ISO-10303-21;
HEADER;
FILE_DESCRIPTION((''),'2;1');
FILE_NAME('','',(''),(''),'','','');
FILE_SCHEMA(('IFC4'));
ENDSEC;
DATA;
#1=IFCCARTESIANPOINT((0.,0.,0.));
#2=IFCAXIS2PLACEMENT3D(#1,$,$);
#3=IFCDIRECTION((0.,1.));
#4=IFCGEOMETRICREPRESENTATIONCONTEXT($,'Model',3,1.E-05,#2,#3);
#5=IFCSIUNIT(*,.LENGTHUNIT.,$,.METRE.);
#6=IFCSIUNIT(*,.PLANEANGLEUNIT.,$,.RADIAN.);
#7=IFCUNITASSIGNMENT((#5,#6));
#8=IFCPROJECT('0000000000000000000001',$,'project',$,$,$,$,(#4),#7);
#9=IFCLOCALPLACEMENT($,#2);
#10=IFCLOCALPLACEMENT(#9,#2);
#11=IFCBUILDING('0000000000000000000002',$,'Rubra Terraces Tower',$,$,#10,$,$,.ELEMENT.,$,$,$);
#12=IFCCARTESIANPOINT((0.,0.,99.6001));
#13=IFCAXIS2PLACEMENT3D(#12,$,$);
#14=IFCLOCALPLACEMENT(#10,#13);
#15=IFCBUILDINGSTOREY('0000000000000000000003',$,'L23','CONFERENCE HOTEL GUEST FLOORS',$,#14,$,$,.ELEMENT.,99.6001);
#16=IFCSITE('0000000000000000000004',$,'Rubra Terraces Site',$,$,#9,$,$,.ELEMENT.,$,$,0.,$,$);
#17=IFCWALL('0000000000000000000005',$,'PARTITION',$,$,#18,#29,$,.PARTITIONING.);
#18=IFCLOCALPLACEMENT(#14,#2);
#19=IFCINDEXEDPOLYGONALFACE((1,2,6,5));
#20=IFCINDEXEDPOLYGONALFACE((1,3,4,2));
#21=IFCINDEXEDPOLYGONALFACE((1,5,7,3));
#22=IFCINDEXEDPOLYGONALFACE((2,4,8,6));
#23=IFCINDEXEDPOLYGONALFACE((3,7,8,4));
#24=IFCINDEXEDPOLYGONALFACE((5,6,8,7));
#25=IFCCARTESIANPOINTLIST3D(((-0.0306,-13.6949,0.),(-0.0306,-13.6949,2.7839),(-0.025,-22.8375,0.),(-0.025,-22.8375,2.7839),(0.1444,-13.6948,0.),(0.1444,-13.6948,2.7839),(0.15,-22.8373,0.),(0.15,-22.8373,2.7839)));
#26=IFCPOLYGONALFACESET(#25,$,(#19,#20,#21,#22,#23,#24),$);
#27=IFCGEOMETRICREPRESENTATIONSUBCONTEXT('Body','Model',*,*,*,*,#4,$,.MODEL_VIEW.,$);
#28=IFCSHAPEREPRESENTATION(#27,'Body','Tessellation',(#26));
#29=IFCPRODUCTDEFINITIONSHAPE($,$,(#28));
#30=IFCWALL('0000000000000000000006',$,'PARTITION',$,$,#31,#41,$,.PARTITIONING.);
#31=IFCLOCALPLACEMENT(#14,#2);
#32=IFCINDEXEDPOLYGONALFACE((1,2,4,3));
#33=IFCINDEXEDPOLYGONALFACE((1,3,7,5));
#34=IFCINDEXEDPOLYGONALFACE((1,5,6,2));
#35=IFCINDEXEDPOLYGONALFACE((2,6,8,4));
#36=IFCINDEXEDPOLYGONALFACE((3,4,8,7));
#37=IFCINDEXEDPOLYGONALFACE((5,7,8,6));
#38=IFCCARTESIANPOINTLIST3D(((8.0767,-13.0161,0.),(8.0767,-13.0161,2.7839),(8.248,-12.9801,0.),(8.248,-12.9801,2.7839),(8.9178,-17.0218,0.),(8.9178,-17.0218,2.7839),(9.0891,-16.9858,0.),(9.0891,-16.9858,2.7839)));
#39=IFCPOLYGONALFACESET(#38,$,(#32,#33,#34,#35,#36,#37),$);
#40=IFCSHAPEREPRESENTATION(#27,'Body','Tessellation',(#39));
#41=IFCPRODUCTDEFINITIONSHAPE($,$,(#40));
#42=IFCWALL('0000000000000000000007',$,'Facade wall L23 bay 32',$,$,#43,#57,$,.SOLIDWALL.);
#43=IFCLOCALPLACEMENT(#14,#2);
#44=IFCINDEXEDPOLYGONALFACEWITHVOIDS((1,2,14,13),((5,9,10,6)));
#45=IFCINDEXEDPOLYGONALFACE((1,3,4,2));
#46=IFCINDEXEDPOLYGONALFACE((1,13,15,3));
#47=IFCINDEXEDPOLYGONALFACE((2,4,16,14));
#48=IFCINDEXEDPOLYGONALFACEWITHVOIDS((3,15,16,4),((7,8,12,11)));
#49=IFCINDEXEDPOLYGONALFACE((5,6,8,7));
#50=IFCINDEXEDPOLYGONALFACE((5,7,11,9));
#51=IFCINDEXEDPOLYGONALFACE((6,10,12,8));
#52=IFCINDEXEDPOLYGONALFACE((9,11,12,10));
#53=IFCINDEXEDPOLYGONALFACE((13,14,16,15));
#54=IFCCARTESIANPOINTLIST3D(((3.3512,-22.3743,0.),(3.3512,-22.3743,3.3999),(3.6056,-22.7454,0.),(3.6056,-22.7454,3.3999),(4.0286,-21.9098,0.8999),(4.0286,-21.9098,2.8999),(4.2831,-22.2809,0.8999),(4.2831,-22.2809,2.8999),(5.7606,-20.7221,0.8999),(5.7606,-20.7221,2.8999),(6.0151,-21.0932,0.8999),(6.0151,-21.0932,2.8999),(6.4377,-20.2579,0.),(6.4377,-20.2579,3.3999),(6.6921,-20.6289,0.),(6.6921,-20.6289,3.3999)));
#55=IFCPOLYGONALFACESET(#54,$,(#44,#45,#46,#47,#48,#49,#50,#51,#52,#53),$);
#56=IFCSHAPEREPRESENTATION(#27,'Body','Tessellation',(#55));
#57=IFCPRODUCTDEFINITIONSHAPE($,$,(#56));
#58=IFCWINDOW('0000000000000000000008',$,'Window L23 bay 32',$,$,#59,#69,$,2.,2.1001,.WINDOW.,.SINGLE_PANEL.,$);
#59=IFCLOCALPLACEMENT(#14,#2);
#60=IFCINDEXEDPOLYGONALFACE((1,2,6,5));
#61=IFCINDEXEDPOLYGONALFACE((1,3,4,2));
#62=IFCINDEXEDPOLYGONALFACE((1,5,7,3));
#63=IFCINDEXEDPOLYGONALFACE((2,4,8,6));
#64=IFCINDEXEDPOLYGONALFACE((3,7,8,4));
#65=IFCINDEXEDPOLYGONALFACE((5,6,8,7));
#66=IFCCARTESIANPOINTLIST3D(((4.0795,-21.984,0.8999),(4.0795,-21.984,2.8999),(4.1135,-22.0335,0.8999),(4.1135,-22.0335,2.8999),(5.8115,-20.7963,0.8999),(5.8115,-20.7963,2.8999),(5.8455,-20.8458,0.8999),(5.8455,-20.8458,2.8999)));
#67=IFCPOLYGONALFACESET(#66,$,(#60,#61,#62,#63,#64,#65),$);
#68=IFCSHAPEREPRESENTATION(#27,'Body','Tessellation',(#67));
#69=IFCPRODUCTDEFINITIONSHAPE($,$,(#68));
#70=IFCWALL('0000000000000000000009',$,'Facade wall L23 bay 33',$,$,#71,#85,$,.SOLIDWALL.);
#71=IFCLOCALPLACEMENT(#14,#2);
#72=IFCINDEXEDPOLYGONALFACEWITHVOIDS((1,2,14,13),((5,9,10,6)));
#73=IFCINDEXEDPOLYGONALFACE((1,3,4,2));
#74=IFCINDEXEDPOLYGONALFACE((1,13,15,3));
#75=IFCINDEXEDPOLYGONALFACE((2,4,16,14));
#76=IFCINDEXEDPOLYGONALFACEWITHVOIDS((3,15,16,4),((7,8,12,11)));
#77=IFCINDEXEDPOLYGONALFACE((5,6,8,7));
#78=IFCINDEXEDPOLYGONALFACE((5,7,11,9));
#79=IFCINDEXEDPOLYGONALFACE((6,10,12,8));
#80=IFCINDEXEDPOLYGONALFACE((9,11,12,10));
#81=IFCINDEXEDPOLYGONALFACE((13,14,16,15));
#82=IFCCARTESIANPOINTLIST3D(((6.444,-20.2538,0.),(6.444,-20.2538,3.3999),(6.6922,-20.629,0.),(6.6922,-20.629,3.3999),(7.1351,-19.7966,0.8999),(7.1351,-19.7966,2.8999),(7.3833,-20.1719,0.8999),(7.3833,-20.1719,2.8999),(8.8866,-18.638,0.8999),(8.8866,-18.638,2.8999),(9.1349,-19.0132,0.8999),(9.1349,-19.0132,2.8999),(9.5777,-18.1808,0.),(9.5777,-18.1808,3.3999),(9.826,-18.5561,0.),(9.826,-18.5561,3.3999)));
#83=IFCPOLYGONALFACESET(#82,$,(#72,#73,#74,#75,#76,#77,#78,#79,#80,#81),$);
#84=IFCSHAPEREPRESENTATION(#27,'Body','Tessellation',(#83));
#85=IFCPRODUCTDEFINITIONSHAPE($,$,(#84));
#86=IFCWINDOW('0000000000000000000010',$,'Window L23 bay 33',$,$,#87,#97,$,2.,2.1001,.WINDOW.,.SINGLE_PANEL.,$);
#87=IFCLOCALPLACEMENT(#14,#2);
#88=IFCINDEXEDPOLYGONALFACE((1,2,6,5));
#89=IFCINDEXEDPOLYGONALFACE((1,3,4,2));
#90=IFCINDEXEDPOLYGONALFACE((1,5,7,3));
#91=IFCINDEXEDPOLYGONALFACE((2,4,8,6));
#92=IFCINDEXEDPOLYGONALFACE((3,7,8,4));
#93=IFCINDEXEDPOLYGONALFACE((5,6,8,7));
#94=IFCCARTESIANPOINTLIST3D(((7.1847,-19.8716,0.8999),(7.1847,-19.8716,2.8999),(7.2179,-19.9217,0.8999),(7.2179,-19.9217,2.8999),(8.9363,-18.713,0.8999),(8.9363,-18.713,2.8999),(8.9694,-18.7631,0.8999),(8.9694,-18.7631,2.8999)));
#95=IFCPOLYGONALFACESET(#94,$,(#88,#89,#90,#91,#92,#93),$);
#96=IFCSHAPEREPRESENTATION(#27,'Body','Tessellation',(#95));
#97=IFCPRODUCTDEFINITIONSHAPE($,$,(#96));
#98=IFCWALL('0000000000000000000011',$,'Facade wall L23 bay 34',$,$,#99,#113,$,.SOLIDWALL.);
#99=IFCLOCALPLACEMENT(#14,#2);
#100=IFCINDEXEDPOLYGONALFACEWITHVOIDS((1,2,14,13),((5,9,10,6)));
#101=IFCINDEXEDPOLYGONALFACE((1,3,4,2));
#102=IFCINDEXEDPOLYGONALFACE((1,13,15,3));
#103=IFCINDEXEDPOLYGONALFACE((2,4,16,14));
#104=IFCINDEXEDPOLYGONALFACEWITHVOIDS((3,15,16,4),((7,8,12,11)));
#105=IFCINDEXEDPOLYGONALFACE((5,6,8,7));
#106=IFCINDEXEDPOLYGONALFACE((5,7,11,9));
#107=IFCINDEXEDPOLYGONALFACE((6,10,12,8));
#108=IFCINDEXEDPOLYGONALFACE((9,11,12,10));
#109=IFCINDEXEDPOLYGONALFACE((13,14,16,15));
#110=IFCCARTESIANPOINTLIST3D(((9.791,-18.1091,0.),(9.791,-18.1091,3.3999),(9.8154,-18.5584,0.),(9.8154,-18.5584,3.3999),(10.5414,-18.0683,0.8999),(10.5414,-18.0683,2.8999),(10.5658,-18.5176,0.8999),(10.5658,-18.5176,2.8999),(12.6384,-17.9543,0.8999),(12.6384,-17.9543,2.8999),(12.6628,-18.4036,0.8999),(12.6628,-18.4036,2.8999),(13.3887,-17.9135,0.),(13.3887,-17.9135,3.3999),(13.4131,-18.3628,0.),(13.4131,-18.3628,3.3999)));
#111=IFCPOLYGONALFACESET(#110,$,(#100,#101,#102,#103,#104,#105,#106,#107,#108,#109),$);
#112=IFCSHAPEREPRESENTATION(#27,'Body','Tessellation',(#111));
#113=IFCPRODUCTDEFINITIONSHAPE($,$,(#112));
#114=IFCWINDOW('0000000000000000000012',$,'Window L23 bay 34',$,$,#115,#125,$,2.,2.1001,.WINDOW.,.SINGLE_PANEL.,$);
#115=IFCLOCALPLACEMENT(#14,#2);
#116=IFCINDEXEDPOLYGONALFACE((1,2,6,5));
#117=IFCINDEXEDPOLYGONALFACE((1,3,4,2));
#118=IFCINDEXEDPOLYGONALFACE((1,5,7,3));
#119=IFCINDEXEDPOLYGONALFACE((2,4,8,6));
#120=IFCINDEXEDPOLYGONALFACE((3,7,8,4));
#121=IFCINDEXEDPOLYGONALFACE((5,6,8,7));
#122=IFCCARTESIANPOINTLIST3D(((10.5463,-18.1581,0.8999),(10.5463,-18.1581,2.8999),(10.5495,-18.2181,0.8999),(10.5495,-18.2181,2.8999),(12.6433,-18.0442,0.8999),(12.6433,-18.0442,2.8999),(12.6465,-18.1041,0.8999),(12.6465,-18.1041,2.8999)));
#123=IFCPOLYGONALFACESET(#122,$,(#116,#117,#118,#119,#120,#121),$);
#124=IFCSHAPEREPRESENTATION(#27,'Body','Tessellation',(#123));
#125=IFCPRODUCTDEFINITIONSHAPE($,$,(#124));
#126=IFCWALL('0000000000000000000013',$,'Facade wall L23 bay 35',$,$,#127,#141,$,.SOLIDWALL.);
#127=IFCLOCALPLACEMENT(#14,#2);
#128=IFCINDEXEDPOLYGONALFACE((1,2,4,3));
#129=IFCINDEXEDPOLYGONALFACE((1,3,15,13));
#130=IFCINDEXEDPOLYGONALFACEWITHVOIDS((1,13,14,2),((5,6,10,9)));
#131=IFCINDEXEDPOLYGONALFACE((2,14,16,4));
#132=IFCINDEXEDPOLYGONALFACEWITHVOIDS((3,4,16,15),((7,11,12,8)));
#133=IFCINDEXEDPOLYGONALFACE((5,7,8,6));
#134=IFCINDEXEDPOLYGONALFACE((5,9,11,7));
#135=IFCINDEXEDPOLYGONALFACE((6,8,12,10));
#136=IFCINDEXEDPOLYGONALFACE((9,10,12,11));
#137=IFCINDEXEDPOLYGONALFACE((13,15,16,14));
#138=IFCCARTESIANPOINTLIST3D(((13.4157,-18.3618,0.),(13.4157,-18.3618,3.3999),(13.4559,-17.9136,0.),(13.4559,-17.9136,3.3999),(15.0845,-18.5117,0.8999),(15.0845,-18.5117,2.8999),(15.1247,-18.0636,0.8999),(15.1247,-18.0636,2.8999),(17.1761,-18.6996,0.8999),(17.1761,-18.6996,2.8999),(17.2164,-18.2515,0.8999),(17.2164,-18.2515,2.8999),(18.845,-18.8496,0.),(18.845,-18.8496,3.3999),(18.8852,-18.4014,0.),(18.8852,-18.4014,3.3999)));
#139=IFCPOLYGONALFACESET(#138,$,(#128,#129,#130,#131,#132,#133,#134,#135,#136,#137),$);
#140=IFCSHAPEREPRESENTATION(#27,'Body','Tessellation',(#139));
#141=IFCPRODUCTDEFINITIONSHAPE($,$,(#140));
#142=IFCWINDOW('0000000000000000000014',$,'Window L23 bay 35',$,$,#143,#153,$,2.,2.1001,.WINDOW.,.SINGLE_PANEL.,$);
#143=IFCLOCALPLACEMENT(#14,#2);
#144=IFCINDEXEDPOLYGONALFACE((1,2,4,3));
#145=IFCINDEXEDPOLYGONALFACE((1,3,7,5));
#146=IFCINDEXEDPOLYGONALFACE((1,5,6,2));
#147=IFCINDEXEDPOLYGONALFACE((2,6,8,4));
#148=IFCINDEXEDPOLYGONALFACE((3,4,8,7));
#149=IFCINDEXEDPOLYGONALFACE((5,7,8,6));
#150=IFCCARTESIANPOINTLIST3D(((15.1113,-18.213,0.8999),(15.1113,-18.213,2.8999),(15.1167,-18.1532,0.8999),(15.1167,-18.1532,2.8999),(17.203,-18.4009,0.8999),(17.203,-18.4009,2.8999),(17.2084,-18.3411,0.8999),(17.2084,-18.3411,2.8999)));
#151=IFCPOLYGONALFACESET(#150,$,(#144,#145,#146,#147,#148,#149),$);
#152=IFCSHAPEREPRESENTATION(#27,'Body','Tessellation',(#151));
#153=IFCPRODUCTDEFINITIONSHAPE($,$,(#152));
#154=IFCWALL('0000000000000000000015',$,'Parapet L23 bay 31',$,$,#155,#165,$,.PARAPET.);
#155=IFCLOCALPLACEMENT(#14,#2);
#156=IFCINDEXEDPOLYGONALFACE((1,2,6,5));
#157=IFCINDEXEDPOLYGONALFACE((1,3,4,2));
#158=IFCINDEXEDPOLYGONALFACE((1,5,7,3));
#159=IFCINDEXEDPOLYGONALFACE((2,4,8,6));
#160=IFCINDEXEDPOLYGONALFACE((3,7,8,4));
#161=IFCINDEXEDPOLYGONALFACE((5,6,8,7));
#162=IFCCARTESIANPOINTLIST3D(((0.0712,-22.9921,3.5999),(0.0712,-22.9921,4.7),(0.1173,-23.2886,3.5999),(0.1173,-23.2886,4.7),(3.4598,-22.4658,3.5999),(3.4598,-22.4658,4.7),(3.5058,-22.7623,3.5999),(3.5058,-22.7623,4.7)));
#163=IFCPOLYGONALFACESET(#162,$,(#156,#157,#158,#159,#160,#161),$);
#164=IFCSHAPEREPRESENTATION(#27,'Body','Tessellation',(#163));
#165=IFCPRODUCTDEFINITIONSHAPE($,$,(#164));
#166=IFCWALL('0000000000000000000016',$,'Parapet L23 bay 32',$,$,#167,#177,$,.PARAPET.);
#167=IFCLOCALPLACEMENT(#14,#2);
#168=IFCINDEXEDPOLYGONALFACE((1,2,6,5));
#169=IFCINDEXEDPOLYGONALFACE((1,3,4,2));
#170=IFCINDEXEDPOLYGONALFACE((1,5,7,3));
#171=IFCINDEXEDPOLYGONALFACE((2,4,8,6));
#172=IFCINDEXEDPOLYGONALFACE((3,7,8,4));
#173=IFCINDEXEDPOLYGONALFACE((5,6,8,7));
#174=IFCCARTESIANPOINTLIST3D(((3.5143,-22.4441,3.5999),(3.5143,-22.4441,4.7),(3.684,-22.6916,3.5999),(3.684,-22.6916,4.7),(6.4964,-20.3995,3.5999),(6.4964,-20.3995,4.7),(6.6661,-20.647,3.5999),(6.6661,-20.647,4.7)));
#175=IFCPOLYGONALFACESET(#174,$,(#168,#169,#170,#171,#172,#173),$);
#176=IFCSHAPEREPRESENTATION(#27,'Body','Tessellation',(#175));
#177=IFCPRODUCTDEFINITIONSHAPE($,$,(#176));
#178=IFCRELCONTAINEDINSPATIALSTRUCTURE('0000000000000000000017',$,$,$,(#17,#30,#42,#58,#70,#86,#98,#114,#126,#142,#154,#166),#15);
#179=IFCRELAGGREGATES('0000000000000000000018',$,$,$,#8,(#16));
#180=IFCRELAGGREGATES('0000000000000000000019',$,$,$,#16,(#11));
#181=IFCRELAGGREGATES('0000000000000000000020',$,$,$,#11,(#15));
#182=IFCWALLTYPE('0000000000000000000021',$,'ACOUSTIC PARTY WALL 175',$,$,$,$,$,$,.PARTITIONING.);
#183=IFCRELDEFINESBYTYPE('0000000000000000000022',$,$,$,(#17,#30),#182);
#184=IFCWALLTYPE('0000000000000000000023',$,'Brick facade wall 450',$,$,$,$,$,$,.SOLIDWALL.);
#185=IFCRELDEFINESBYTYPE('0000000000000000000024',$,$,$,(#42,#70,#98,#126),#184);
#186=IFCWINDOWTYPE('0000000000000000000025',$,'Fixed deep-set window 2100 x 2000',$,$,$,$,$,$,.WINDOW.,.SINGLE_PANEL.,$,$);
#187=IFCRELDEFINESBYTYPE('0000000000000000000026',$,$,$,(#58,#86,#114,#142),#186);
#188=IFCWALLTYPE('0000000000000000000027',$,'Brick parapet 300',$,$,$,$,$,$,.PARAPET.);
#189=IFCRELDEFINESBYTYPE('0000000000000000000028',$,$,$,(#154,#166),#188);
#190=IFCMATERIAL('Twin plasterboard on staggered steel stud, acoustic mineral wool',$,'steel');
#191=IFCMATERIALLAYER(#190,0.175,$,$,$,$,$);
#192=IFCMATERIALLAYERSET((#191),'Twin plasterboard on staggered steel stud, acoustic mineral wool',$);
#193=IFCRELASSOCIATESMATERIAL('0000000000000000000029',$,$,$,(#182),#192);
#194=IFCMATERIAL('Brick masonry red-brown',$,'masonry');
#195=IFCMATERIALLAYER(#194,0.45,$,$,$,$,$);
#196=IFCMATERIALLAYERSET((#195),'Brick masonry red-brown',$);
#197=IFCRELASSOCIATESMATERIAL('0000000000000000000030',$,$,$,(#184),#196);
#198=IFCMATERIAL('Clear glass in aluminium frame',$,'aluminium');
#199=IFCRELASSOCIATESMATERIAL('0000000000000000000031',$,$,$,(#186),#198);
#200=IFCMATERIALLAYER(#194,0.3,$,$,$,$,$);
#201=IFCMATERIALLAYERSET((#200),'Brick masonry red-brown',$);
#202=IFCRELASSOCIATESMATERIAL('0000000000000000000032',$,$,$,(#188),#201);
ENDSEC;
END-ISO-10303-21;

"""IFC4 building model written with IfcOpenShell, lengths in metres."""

from ifc_helpers import new_model, si_unit, direction, frame, frame_2d, origin, place, context, subcontext, project, spatial, rectangle, extrude, material, layer, layer_set, type_object, element, fill, save


model = new_model("IFC4")

# Units and contexts
model_context = context("Model", 3, precision=1e-05, world=origin(), true_north=direction((0.0, 1.0)))
body_context = subcontext(model_context, "Body", "Model", "MODEL_VIEW")
ifc_project = project(units=[si_unit("LENGTHUNIT", "METRE"), si_unit("PLANEANGLEUNIT", "RADIAN")], contexts=[model_context])

# Site, building, storey
site_placement = place(None, origin())
site = spatial("IfcSite", under=ifc_project, at=site_placement, Name="Rubra Terraces Site", CompositionType="ELEMENT", RefElevation=0.0)
building_placement = place(site_placement, origin())
building = spatial("IfcBuilding", under=site, at=building_placement, Name="Rubra Terraces Tower", CompositionType="ELEMENT")
storey_placement = place(building_placement, frame((0.0, 0.0, 99.6001)))
storey = spatial("IfcBuildingStorey", under=building, at=storey_placement, Name="L23", Description="CONFERENCE HOTEL GUEST FLOORS", CompositionType="ELEMENT", Elevation=99.6001)

# Walls
ifc_material_1 = material(Name="Twin plasterboard on staggered steel stud, acoustic mineral wool", Category="steel")
ifc_layer_1 = layer(ifc_material_1, 0.175)
ifc_layer_set_1 = layer_set([ifc_layer_1], Name="Twin plasterboard on staggered steel stud, acoustic mineral wool")
wall_type_1 = type_object("IfcWallType", Name="ACOUSTIC PARTY WALL 175", PredefinedType="PARTITIONING", material=ifc_layer_set_1)
wall_1_placement = place(storey_placement, frame((0.0625, -22.8374, 0.0), z_axis=(0.0, 0.0, 1.0), x_axis=(-0.000614, 1.0, 0.0)))
element("IfcWall", 1, at=wall_1_placement, inside=storey, type_object=wall_type_1, Name="PARTITION", PredefinedType="PARTITIONING", context=body_context, shape_type="SweptSolid", body=[
    extrude(rectangle(XDim=9.1426, YDim=0.175, at=frame_2d((4.5713, 0.0))), origin(), (0.0, 0.0, 1.0), 2.7839),
])
wall_2_placement = place(storey_placement, frame((9.0034, -17.0037, 0.0), z_axis=(0.0, 0.0, 1.0), x_axis=(-0.20549, 0.978659, 0.0)))
element("IfcWall", 2, at=wall_2_placement, inside=storey, type_object=wall_type_1, Name="PARTITION", PredefinedType="PARTITIONING", context=body_context, shape_type="SweptSolid", body=[
    extrude(rectangle(XDim=4.093, YDim=0.175, at=frame_2d((2.0464, 0.0))), origin(), (0.0, 0.0, 1.0), 2.7839),
])

# Walls, openings, windows
ifc_material_2 = material(Name="Brick masonry red-brown", Category="masonry")
ifc_layer_2 = layer(ifc_material_2, 0.45)
ifc_layer_set_2 = layer_set([ifc_layer_2], Name="Brick masonry red-brown")
wall_type_2 = type_object("IfcWallType", Name="Brick facade wall 450", PredefinedType="SOLIDWALL", material=ifc_layer_set_2)
wall_3_placement = place(storey_placement, frame((3.4785, -22.5598, 0.0), z_axis=(0.0, 0.0, 1.0), x_axis=(0.824723, 0.565537, 0.0)))
wall_3 = element("IfcWall", 3, at=wall_3_placement, inside=storey, type_object=wall_type_2, Name="Facade wall L23 bay 32", PredefinedType="SOLIDWALL", context=body_context, shape_type="SweptSolid", body=[
    extrude(rectangle(XDim=3.7424, YDim=0.45, at=frame_2d((1.8711, 0.0))), origin(), (0.0, 0.0, 1.0), 3.3999),
])
opening_1_placement = place(wall_3_placement, frame((0.8213, 0.0, 0.8999)))
opening_1 = element("IfcOpeningElement", 4, at=opening_1_placement, cuts=wall_3, PredefinedType="OPENING", context=body_context, shape_type="SweptSolid", body=[
    extrude(rectangle(XDim=2.1001, YDim=2.0, at=frame_2d((1.05, 1.0))), frame((0.0, 0.2349, 0.0), z_axis=(0.0, -1.0, 0.0), x_axis=(1.0, 0.0, 0.0)), (0.0, 0.0, 1.0), 0.47),
])
ifc_material_3 = material(Name="Clear glass in aluminium frame", Category="aluminium")
window_type = type_object("IfcWindowType", Name="Fixed deep-set window 2100 x 2000", PartitioningType="SINGLE_PANEL", PredefinedType="WINDOW", material=ifc_material_3)
window_1_placement = place(opening_1_placement, origin())
window_1 = element("IfcWindow", 5, at=window_1_placement, inside=storey, type_object=window_type, Name="Window L23 bay 32", OverallHeight=2.0, OverallWidth=2.1001, PartitioningType="SINGLE_PANEL", PredefinedType="WINDOW", context=body_context, shape_type="SweptSolid", body=[
    extrude(rectangle(XDim=2.1001, YDim=2.0, at=frame_2d((1.05, 1.0))), frame((0.0, 0.135, 0.0), z_axis=(0.0, -1.0, 0.0), x_axis=(1.0, 0.0, 0.0)), (0.0, 0.0, 1.0), 0.0601),
])
fill(opening_1, window_1)
wall_4_placement = place(storey_placement, frame((6.5681, -20.4414, 0.0), z_axis=(0.0, 0.0, 1.0), x_axis=(0.834034, 0.551713, 0.0)))
wall_4 = element("IfcWall", 6, at=wall_4_placement, inside=storey, type_object=wall_type_2, Name="Facade wall L23 bay 33", PredefinedType="SOLIDWALL", context=body_context, shape_type="SweptSolid", body=[
    extrude(rectangle(XDim=3.7573, YDim=0.45, at=frame_2d((1.8787, 0.0))), origin(), (0.0, 0.0, 1.0), 3.3999),
])
opening_2_placement = place(wall_4_placement, frame((0.8286, 0.0, 0.8999)))
opening_2 = element("IfcOpeningElement", 7, at=opening_2_placement, cuts=wall_4, PredefinedType="OPENING", context=body_context, shape_type="SweptSolid", body=[
    extrude(rectangle(XDim=2.1001, YDim=2.0, at=frame_2d((1.05, 1.0))), frame((0.0, 0.2349, 0.0), z_axis=(0.0, -1.0, 0.0), x_axis=(1.0, 0.0, 0.0)), (0.0, 0.0, 1.0), 0.47),
])
window_2_placement = place(opening_2_placement, origin())
window_2 = element("IfcWindow", 8, at=window_2_placement, inside=storey, type_object=window_type, Name="Window L23 bay 33", OverallHeight=2.0, OverallWidth=2.1001, PartitioningType="SINGLE_PANEL", PredefinedType="WINDOW", context=body_context, shape_type="SweptSolid", body=[
    extrude(rectangle(XDim=2.1001, YDim=2.0, at=frame_2d((1.05, 1.0))), frame((0.0, 0.135, 0.0), z_axis=(0.0, -1.0, 0.0), x_axis=(1.0, 0.0, 0.0)), (0.0, 0.0, 1.0), 0.0601),
])
fill(opening_2, window_2)
wall_5_placement = place(storey_placement, frame((9.8032, -18.3337, 0.0), z_axis=(0.0, 0.0, 1.0), x_axis=(0.998526, 0.054277, 0.0)))
wall_5 = element("IfcWall", 9, at=wall_5_placement, inside=storey, type_object=wall_type_2, Name="Facade wall L23 bay 34", PredefinedType="SOLIDWALL", context=body_context, shape_type="SweptSolid", body=[
    extrude(rectangle(XDim=3.603, YDim=0.45, at=frame_2d((1.8015, 0.0))), origin(), (0.0, 0.0, 1.0), 3.3999),
])
opening_3_placement = place(wall_5_placement, frame((0.7515, 0.0, 0.8999)))
opening_3 = element("IfcOpeningElement", 10, at=opening_3_placement, cuts=wall_5, PredefinedType="OPENING", context=body_context, shape_type="SweptSolid", body=[
    extrude(rectangle(XDim=2.1001, YDim=2.0, at=frame_2d((1.05, 1.0))), frame((0.0, 0.2349, 0.0), z_axis=(0.0, -1.0, 0.0), x_axis=(1.0, 0.0, 0.0)), (0.0, 0.0, 1.0), 0.47),
])
window_3_placement = place(opening_3_placement, origin())
window_3 = element("IfcWindow", 11, at=window_3_placement, inside=storey, type_object=window_type, Name="Window L23 bay 34", OverallHeight=2.0, OverallWidth=2.1001, PartitioningType="SINGLE_PANEL", PredefinedType="WINDOW", context=body_context, shape_type="SweptSolid", body=[
    extrude(rectangle(XDim=2.1001, YDim=2.0, at=frame_2d((1.05, 1.0))), frame((0.0, 0.135, 0.0), z_axis=(0.0, -1.0, 0.0), x_axis=(1.0, 0.0, 0.0)), (0.0, 0.0, 1.0), 0.0601),
])
fill(opening_3, window_3)
wall_6_placement = place(storey_placement, frame((13.4358, -18.1377, 0.0), z_axis=(0.0, 0.0, 1.0), x_axis=(0.995988, -0.089486, 0.0)))
wall_6 = element("IfcWall", 12, at=wall_6_placement, inside=storey, type_object=wall_type_2, Name="Facade wall L23 bay 35", PredefinedType="SOLIDWALL", context=body_context, shape_type="SweptSolid", body=[
    extrude(rectangle(XDim=5.4512, YDim=0.45, at=frame_2d((2.7256, 0.0))), origin(), (0.0, 0.0, 1.0), 3.3999),
])
opening_4_placement = place(wall_6_placement, frame((1.6755, 0.0, 0.8999)))
opening_4 = element("IfcOpeningElement", 13, at=opening_4_placement, cuts=wall_6, PredefinedType="OPENING", context=body_context, shape_type="SweptSolid", body=[
    extrude(rectangle(XDim=2.1001, YDim=2.0, at=frame_2d((1.05, 1.0))), frame((0.0, 0.2349, 0.0), z_axis=(0.0, -1.0, 0.0), x_axis=(1.0, 0.0, 0.0)), (0.0, 0.0, 1.0), 0.47),
])
window_4_placement = place(opening_4_placement, origin())
window_4 = element("IfcWindow", 14, at=window_4_placement, inside=storey, type_object=window_type, Name="Window L23 bay 35", OverallHeight=2.0, OverallWidth=2.1001, PartitioningType="SINGLE_PANEL", PredefinedType="WINDOW", context=body_context, shape_type="SweptSolid", body=[
    extrude(rectangle(XDim=2.1001, YDim=2.0, at=frame_2d((1.05, 1.0))), frame((0.0, 0.135, 0.0), z_axis=(0.0, -1.0, 0.0), x_axis=(1.0, 0.0, 0.0)), (0.0, 0.0, 1.0), 0.0601),
])
fill(opening_4, window_4)

# Walls
ifc_layer_3 = layer(ifc_material_2, 0.3)
ifc_layer_set_3 = layer_set([ifc_layer_3], Name="Brick masonry red-brown")
wall_type_3 = type_object("IfcWallType", Name="Brick parapet 300", PredefinedType="PARAPET", material=ifc_layer_set_3)
wall_7_placement = place(storey_placement, frame((0.0942, -23.1404, 3.5999), z_axis=(0.0, 0.0, 1.0), x_axis=(0.98815, 0.153491, 0.0)))
element("IfcWall", 15, at=wall_7_placement, inside=storey, type_object=wall_type_3, Name="Parapet L23 bay 31", PredefinedType="PARAPET", context=body_context, shape_type="SweptSolid", body=[
    extrude(rectangle(XDim=3.4292, YDim=0.3, at=frame_2d((1.7146, 0.0))), origin(), (0.0, 0.0, 1.0), 1.1001),
])
wall_8_placement = place(storey_placement, frame((3.5991, -22.5679, 3.5999), z_axis=(0.0, 0.0, 1.0), x_axis=(0.82476, 0.565482, 0.0)))
element("IfcWall", 16, at=wall_8_placement, inside=storey, type_object=wall_type_3, Name="Parapet L23 bay 32", PredefinedType="PARAPET", context=body_context, shape_type="SweptSolid", body=[
    extrude(rectangle(XDim=3.6157, YDim=0.3, at=frame_2d((1.8079, 0.0))), origin(), (0.0, 0.0, 1.0), 1.1001),
])

save(model, "model.ifc")
